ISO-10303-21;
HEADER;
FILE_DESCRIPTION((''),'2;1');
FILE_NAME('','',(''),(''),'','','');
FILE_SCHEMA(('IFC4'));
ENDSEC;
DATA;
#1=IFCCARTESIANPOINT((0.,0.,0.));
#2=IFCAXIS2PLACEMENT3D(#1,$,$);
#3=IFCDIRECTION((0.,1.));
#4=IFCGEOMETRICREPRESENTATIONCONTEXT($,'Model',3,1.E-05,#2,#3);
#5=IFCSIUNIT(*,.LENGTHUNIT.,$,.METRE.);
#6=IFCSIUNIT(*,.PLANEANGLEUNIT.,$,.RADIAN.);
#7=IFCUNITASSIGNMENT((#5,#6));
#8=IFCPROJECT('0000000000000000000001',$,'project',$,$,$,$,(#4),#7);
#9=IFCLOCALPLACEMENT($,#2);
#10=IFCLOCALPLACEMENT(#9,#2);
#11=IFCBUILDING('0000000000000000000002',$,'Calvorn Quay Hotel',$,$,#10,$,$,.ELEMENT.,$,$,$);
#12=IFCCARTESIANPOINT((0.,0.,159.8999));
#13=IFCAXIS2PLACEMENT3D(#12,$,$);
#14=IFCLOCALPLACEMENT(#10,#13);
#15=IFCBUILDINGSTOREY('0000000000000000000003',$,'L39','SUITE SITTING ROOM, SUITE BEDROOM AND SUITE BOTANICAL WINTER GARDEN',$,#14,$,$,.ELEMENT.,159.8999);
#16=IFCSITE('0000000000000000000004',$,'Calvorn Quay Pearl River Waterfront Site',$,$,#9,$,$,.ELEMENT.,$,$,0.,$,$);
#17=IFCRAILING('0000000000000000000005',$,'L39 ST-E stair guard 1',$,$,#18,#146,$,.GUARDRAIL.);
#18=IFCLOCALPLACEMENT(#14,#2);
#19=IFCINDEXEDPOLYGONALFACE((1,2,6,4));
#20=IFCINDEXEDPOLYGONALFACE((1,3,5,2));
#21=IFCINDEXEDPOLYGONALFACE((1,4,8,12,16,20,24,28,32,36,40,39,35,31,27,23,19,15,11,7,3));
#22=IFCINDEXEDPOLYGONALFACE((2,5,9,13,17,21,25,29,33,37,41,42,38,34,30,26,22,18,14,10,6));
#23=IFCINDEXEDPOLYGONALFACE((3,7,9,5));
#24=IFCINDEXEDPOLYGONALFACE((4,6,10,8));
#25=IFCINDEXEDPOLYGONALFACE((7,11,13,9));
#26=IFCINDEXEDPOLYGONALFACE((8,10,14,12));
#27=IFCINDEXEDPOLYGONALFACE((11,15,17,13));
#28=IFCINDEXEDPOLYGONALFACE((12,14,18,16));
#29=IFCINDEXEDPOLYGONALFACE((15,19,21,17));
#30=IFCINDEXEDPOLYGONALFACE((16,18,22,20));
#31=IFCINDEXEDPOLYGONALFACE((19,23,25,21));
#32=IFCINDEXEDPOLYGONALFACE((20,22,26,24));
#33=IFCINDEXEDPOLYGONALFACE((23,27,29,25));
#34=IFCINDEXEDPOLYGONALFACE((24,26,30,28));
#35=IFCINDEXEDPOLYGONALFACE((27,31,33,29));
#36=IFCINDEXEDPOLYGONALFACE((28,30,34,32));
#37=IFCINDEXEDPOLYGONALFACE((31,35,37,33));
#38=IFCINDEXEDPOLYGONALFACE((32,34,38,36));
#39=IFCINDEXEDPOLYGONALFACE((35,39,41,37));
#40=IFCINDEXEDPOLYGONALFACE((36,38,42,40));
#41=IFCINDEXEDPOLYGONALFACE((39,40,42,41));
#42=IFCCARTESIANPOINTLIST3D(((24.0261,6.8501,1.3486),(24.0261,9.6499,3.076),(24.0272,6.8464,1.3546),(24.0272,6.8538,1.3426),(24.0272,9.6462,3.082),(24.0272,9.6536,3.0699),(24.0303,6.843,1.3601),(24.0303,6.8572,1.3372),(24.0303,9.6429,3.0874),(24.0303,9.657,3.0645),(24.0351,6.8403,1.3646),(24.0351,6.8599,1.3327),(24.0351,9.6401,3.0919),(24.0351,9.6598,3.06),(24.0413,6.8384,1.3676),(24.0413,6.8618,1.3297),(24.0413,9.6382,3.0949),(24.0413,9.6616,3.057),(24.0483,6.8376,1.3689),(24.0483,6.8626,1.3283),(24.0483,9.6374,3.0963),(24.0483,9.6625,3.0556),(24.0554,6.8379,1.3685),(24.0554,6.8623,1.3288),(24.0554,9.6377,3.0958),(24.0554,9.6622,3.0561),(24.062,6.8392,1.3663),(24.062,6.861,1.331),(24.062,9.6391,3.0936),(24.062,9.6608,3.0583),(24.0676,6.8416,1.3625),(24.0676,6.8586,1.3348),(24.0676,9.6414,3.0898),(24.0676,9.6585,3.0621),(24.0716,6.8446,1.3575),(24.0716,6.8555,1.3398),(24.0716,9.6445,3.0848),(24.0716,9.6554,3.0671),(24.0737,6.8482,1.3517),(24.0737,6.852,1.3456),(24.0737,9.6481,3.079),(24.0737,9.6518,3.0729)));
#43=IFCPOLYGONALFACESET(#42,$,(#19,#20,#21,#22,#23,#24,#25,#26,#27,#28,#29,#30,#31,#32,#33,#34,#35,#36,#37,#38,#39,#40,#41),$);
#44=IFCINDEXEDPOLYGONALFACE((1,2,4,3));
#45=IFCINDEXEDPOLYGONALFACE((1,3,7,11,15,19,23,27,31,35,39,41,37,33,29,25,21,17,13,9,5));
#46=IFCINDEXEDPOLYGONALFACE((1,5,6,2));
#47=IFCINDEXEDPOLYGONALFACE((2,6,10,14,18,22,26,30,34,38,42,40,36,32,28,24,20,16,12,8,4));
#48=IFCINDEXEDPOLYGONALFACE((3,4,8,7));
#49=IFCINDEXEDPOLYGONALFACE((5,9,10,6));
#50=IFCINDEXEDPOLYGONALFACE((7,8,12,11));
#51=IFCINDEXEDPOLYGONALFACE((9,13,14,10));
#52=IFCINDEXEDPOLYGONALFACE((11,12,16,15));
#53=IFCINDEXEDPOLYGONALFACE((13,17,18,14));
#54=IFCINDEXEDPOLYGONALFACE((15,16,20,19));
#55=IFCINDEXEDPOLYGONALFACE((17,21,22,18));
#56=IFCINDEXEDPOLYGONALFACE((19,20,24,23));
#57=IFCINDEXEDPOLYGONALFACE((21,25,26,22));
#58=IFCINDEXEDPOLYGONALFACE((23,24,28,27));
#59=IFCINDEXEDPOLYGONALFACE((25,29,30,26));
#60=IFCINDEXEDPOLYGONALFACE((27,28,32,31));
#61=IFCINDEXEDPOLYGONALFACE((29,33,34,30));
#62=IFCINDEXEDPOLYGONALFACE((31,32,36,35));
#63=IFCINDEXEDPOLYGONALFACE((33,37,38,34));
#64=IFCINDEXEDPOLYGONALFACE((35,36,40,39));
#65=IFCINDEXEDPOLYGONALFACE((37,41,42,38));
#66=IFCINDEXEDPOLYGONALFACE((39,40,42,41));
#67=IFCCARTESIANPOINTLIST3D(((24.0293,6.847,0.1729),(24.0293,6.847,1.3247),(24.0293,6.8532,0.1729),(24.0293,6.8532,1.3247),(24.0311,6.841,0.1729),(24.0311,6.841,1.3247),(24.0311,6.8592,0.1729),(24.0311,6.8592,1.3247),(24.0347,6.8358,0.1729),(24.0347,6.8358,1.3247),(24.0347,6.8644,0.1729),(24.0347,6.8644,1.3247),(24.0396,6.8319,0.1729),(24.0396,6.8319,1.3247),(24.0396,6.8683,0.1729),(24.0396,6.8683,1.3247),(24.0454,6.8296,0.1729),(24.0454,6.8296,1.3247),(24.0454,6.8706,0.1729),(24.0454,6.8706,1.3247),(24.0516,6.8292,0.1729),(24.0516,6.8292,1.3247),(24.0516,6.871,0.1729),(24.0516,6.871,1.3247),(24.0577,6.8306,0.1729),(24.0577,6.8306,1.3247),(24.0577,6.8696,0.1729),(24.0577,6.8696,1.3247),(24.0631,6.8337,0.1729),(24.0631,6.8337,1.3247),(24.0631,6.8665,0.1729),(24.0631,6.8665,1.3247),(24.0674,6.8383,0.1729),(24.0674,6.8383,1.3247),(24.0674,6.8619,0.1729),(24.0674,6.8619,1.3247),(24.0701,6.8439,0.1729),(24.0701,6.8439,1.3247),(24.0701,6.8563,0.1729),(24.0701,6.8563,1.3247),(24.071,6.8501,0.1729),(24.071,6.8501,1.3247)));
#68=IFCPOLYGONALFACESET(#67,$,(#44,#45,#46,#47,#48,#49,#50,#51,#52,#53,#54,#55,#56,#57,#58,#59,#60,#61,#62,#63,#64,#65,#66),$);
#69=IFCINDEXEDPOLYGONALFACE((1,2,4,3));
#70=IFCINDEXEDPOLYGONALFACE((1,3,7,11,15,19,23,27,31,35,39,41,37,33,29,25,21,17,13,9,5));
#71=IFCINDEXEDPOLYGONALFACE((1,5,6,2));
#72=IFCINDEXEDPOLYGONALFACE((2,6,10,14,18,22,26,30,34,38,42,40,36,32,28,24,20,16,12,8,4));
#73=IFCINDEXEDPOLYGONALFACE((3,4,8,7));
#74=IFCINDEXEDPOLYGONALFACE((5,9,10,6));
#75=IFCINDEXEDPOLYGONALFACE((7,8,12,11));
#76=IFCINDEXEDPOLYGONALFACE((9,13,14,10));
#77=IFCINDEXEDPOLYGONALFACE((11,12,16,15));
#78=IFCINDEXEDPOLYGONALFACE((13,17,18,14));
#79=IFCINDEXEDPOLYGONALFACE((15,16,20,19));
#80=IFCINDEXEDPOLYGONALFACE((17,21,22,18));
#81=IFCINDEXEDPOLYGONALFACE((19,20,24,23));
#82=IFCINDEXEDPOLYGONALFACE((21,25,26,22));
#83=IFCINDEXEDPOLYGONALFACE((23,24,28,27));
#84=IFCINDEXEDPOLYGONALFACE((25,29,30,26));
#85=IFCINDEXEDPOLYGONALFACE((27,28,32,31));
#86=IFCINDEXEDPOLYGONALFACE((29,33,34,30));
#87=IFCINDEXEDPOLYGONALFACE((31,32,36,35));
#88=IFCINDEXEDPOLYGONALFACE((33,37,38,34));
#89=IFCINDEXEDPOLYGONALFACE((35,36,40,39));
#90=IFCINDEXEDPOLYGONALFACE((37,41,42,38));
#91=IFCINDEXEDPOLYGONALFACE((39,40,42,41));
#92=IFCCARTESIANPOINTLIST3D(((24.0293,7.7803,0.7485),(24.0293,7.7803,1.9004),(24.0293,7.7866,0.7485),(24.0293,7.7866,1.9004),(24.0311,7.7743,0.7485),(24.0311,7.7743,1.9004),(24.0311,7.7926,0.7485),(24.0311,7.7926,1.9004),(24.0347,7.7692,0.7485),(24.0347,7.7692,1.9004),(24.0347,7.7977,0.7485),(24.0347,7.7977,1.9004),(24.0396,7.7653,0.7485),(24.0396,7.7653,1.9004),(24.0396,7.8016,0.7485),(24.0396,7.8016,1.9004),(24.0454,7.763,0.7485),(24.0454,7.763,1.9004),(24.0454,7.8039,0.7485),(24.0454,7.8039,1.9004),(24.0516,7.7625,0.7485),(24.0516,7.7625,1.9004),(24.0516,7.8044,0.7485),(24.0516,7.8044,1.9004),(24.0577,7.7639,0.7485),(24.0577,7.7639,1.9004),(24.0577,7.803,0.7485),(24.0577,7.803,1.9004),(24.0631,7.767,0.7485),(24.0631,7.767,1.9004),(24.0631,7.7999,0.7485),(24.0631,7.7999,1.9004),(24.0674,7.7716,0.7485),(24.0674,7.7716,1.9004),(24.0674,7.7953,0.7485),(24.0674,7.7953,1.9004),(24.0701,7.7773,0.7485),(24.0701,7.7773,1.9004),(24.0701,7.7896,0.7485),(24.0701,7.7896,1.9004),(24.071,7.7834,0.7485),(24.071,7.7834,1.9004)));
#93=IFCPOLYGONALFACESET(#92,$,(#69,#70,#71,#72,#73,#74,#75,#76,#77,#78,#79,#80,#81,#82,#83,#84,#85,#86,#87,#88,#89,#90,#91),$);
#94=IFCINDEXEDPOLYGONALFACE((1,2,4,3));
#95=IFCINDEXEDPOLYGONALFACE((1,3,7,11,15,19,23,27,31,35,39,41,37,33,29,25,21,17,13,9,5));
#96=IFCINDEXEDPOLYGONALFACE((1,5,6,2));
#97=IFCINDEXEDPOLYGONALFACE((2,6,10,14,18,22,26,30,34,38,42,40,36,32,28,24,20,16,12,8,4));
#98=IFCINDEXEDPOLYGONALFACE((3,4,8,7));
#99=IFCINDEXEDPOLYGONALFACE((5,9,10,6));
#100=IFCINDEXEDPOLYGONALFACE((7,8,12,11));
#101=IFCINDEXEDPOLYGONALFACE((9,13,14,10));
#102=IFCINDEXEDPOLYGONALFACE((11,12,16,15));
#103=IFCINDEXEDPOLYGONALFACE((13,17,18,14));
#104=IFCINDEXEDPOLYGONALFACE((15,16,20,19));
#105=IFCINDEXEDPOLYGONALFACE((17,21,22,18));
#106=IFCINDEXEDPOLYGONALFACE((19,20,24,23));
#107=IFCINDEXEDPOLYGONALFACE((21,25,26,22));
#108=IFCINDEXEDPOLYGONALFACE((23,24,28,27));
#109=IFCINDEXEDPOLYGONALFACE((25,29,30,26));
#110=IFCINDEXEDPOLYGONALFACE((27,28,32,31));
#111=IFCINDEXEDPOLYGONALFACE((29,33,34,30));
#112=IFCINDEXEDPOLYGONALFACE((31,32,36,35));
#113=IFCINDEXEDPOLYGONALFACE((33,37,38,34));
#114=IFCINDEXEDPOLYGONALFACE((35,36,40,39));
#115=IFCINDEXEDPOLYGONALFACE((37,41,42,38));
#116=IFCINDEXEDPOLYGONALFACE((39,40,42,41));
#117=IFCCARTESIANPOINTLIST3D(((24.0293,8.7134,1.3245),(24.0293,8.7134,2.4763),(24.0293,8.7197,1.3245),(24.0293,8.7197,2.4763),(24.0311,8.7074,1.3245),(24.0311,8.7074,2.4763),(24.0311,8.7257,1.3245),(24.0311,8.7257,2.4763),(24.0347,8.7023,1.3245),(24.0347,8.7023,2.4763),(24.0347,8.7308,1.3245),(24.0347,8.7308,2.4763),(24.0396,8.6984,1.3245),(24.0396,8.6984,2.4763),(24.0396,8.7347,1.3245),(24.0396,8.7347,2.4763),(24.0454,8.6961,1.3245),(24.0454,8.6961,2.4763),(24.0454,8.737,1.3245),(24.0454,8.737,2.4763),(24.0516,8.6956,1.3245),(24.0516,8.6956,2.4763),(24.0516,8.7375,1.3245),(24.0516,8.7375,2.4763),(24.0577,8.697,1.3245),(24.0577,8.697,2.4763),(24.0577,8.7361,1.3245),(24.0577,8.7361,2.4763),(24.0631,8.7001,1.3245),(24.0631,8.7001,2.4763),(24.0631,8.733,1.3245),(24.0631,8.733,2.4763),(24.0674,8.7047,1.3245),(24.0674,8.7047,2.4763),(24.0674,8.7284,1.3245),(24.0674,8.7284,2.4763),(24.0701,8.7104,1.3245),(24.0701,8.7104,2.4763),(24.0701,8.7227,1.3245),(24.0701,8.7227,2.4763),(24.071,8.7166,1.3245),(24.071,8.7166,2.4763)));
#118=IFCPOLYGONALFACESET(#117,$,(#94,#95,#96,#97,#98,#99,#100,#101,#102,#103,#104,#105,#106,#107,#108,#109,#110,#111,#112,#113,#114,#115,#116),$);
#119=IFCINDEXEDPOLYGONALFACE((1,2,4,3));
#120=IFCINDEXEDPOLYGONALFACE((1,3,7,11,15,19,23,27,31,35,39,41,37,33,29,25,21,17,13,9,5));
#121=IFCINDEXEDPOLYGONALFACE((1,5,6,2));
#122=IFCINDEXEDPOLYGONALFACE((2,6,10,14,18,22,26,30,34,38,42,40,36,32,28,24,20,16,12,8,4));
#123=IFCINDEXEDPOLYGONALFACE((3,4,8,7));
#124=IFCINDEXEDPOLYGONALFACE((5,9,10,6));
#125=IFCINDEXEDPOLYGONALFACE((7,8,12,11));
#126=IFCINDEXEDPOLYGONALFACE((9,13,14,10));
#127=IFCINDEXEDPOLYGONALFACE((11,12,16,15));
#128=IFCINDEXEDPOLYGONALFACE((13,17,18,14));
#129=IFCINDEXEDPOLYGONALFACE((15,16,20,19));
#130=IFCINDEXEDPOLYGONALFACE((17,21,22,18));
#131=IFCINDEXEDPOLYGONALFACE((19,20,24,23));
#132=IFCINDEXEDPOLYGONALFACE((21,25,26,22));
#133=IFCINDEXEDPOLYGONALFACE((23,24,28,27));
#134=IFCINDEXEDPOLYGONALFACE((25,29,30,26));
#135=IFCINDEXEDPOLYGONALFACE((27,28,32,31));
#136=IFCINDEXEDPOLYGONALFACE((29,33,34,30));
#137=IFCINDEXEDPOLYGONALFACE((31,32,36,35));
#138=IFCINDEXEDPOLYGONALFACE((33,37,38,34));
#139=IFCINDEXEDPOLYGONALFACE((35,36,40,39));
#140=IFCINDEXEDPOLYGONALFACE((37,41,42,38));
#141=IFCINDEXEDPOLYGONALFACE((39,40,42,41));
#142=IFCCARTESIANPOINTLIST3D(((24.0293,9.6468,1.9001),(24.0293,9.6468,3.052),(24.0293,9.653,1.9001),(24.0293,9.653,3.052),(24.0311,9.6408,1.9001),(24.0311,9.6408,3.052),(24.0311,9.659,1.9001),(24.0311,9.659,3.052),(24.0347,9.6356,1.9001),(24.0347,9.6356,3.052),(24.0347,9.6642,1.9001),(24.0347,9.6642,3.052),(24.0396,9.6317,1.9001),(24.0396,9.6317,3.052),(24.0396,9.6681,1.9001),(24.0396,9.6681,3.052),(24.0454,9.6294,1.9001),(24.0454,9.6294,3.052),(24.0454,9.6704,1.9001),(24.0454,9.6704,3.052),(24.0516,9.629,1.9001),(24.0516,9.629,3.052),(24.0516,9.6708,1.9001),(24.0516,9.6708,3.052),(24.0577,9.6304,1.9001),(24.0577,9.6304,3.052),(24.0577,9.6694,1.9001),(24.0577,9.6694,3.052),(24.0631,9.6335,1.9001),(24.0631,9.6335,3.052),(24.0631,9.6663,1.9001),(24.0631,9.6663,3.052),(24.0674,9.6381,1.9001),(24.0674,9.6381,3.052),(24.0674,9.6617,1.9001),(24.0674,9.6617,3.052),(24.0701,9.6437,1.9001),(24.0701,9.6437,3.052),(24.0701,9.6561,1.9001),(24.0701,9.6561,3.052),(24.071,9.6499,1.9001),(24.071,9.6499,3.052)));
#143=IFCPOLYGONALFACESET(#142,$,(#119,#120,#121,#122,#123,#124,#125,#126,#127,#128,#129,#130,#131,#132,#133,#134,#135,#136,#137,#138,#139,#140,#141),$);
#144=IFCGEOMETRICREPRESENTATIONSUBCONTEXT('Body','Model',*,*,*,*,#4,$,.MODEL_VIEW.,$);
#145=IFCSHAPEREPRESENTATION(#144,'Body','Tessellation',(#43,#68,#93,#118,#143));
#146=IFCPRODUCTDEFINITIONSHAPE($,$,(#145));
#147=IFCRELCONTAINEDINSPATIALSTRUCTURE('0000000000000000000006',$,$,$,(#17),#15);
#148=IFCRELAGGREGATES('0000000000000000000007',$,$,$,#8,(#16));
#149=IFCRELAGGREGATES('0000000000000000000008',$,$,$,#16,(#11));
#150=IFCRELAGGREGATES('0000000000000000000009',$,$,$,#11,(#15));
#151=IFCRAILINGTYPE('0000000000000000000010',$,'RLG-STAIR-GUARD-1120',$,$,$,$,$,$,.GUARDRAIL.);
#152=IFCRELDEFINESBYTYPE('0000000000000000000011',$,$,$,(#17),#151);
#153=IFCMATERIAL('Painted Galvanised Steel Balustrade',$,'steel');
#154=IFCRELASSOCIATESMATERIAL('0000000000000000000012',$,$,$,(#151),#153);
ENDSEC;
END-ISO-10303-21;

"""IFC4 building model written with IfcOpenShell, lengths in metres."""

from ifc_helpers import new_model, si_unit, direction, frame, origin, origin_2d, place, context, subcontext, project, spatial, circle, extrude, material, type_object, element, save


model = new_model("IFC4")

# Units and contexts
model_context = context("Model", 3, precision=1e-05, world=origin(), true_north=direction((0.0, 1.0)))
body_context = subcontext(model_context, "Body", "Model", "MODEL_VIEW")
ifc_project = project(units=[si_unit("LENGTHUNIT", "METRE"), si_unit("PLANEANGLEUNIT", "RADIAN")], contexts=[model_context])

# Site, building, storey
site_placement = place(None, origin())
site = spatial("IfcSite", under=ifc_project, at=site_placement, Name="Calvorn Quay Pearl River Waterfront Site", CompositionType="ELEMENT", RefElevation=0.0)
building_placement = place(site_placement, origin())
building = spatial("IfcBuilding", under=site, at=building_placement, Name="Calvorn Quay Hotel", CompositionType="ELEMENT")
storey_placement = place(building_placement, frame((0.0, 0.0, 159.8999)))
storey = spatial("IfcBuildingStorey", under=building, at=storey_placement, Name="L39", Description="SUITE SITTING ROOM, SUITE BEDROOM AND SUITE BOTANICAL WINTER GARDEN", CompositionType="ELEMENT", Elevation=159.8999)

# Railing
ifc_material_1 = material(Name="Painted Galvanised Steel Balustrade", Category="steel")
railing_type_1 = type_object("IfcRailingType", Name="RLG-STAIR-GUARD-1120", PredefinedType="GUARDRAIL", material=ifc_material_1)
railing_1_placement = place(storey_placement, frame((24.05, 6.8501, 0.1729)))
element("IfcRailing", 1, at=railing_1_placement, inside=storey, type_object=railing_type_1, Name="L39 ST-E stair guard 1", PredefinedType="GUARDRAIL", context=body_context, shape_type="SweptSolid", body=[
    extrude(circle(Radius=0.0239, at=origin_2d()), frame((0.0, 0.0, 1.1758), z_axis=(0.0, 0.851069, 0.525054), x_axis=(-1.0, 0.0, 0.0)), (0.0, 0.0, 1.0), 3.2898),
    extrude(circle(Radius=0.021, at=origin_2d()), origin(), (0.0, 0.0, 1.0), 1.1519),
    extrude(circle(Radius=0.021, at=origin_2d()), frame((0.0, 0.9333, 0.5757)), (0.0, 0.0, 1.0), 1.1519),
    extrude(circle(Radius=0.021, at=origin_2d()), frame((0.0, 1.8665, 1.1516)), (0.0, 0.0, 1.0), 1.1519),
    extrude(circle(Radius=0.021, at=origin_2d()), frame((0.0, 2.7998, 1.7273)), (0.0, 0.0, 1.0), 1.1519),
])

save(model, "model.ifc")
